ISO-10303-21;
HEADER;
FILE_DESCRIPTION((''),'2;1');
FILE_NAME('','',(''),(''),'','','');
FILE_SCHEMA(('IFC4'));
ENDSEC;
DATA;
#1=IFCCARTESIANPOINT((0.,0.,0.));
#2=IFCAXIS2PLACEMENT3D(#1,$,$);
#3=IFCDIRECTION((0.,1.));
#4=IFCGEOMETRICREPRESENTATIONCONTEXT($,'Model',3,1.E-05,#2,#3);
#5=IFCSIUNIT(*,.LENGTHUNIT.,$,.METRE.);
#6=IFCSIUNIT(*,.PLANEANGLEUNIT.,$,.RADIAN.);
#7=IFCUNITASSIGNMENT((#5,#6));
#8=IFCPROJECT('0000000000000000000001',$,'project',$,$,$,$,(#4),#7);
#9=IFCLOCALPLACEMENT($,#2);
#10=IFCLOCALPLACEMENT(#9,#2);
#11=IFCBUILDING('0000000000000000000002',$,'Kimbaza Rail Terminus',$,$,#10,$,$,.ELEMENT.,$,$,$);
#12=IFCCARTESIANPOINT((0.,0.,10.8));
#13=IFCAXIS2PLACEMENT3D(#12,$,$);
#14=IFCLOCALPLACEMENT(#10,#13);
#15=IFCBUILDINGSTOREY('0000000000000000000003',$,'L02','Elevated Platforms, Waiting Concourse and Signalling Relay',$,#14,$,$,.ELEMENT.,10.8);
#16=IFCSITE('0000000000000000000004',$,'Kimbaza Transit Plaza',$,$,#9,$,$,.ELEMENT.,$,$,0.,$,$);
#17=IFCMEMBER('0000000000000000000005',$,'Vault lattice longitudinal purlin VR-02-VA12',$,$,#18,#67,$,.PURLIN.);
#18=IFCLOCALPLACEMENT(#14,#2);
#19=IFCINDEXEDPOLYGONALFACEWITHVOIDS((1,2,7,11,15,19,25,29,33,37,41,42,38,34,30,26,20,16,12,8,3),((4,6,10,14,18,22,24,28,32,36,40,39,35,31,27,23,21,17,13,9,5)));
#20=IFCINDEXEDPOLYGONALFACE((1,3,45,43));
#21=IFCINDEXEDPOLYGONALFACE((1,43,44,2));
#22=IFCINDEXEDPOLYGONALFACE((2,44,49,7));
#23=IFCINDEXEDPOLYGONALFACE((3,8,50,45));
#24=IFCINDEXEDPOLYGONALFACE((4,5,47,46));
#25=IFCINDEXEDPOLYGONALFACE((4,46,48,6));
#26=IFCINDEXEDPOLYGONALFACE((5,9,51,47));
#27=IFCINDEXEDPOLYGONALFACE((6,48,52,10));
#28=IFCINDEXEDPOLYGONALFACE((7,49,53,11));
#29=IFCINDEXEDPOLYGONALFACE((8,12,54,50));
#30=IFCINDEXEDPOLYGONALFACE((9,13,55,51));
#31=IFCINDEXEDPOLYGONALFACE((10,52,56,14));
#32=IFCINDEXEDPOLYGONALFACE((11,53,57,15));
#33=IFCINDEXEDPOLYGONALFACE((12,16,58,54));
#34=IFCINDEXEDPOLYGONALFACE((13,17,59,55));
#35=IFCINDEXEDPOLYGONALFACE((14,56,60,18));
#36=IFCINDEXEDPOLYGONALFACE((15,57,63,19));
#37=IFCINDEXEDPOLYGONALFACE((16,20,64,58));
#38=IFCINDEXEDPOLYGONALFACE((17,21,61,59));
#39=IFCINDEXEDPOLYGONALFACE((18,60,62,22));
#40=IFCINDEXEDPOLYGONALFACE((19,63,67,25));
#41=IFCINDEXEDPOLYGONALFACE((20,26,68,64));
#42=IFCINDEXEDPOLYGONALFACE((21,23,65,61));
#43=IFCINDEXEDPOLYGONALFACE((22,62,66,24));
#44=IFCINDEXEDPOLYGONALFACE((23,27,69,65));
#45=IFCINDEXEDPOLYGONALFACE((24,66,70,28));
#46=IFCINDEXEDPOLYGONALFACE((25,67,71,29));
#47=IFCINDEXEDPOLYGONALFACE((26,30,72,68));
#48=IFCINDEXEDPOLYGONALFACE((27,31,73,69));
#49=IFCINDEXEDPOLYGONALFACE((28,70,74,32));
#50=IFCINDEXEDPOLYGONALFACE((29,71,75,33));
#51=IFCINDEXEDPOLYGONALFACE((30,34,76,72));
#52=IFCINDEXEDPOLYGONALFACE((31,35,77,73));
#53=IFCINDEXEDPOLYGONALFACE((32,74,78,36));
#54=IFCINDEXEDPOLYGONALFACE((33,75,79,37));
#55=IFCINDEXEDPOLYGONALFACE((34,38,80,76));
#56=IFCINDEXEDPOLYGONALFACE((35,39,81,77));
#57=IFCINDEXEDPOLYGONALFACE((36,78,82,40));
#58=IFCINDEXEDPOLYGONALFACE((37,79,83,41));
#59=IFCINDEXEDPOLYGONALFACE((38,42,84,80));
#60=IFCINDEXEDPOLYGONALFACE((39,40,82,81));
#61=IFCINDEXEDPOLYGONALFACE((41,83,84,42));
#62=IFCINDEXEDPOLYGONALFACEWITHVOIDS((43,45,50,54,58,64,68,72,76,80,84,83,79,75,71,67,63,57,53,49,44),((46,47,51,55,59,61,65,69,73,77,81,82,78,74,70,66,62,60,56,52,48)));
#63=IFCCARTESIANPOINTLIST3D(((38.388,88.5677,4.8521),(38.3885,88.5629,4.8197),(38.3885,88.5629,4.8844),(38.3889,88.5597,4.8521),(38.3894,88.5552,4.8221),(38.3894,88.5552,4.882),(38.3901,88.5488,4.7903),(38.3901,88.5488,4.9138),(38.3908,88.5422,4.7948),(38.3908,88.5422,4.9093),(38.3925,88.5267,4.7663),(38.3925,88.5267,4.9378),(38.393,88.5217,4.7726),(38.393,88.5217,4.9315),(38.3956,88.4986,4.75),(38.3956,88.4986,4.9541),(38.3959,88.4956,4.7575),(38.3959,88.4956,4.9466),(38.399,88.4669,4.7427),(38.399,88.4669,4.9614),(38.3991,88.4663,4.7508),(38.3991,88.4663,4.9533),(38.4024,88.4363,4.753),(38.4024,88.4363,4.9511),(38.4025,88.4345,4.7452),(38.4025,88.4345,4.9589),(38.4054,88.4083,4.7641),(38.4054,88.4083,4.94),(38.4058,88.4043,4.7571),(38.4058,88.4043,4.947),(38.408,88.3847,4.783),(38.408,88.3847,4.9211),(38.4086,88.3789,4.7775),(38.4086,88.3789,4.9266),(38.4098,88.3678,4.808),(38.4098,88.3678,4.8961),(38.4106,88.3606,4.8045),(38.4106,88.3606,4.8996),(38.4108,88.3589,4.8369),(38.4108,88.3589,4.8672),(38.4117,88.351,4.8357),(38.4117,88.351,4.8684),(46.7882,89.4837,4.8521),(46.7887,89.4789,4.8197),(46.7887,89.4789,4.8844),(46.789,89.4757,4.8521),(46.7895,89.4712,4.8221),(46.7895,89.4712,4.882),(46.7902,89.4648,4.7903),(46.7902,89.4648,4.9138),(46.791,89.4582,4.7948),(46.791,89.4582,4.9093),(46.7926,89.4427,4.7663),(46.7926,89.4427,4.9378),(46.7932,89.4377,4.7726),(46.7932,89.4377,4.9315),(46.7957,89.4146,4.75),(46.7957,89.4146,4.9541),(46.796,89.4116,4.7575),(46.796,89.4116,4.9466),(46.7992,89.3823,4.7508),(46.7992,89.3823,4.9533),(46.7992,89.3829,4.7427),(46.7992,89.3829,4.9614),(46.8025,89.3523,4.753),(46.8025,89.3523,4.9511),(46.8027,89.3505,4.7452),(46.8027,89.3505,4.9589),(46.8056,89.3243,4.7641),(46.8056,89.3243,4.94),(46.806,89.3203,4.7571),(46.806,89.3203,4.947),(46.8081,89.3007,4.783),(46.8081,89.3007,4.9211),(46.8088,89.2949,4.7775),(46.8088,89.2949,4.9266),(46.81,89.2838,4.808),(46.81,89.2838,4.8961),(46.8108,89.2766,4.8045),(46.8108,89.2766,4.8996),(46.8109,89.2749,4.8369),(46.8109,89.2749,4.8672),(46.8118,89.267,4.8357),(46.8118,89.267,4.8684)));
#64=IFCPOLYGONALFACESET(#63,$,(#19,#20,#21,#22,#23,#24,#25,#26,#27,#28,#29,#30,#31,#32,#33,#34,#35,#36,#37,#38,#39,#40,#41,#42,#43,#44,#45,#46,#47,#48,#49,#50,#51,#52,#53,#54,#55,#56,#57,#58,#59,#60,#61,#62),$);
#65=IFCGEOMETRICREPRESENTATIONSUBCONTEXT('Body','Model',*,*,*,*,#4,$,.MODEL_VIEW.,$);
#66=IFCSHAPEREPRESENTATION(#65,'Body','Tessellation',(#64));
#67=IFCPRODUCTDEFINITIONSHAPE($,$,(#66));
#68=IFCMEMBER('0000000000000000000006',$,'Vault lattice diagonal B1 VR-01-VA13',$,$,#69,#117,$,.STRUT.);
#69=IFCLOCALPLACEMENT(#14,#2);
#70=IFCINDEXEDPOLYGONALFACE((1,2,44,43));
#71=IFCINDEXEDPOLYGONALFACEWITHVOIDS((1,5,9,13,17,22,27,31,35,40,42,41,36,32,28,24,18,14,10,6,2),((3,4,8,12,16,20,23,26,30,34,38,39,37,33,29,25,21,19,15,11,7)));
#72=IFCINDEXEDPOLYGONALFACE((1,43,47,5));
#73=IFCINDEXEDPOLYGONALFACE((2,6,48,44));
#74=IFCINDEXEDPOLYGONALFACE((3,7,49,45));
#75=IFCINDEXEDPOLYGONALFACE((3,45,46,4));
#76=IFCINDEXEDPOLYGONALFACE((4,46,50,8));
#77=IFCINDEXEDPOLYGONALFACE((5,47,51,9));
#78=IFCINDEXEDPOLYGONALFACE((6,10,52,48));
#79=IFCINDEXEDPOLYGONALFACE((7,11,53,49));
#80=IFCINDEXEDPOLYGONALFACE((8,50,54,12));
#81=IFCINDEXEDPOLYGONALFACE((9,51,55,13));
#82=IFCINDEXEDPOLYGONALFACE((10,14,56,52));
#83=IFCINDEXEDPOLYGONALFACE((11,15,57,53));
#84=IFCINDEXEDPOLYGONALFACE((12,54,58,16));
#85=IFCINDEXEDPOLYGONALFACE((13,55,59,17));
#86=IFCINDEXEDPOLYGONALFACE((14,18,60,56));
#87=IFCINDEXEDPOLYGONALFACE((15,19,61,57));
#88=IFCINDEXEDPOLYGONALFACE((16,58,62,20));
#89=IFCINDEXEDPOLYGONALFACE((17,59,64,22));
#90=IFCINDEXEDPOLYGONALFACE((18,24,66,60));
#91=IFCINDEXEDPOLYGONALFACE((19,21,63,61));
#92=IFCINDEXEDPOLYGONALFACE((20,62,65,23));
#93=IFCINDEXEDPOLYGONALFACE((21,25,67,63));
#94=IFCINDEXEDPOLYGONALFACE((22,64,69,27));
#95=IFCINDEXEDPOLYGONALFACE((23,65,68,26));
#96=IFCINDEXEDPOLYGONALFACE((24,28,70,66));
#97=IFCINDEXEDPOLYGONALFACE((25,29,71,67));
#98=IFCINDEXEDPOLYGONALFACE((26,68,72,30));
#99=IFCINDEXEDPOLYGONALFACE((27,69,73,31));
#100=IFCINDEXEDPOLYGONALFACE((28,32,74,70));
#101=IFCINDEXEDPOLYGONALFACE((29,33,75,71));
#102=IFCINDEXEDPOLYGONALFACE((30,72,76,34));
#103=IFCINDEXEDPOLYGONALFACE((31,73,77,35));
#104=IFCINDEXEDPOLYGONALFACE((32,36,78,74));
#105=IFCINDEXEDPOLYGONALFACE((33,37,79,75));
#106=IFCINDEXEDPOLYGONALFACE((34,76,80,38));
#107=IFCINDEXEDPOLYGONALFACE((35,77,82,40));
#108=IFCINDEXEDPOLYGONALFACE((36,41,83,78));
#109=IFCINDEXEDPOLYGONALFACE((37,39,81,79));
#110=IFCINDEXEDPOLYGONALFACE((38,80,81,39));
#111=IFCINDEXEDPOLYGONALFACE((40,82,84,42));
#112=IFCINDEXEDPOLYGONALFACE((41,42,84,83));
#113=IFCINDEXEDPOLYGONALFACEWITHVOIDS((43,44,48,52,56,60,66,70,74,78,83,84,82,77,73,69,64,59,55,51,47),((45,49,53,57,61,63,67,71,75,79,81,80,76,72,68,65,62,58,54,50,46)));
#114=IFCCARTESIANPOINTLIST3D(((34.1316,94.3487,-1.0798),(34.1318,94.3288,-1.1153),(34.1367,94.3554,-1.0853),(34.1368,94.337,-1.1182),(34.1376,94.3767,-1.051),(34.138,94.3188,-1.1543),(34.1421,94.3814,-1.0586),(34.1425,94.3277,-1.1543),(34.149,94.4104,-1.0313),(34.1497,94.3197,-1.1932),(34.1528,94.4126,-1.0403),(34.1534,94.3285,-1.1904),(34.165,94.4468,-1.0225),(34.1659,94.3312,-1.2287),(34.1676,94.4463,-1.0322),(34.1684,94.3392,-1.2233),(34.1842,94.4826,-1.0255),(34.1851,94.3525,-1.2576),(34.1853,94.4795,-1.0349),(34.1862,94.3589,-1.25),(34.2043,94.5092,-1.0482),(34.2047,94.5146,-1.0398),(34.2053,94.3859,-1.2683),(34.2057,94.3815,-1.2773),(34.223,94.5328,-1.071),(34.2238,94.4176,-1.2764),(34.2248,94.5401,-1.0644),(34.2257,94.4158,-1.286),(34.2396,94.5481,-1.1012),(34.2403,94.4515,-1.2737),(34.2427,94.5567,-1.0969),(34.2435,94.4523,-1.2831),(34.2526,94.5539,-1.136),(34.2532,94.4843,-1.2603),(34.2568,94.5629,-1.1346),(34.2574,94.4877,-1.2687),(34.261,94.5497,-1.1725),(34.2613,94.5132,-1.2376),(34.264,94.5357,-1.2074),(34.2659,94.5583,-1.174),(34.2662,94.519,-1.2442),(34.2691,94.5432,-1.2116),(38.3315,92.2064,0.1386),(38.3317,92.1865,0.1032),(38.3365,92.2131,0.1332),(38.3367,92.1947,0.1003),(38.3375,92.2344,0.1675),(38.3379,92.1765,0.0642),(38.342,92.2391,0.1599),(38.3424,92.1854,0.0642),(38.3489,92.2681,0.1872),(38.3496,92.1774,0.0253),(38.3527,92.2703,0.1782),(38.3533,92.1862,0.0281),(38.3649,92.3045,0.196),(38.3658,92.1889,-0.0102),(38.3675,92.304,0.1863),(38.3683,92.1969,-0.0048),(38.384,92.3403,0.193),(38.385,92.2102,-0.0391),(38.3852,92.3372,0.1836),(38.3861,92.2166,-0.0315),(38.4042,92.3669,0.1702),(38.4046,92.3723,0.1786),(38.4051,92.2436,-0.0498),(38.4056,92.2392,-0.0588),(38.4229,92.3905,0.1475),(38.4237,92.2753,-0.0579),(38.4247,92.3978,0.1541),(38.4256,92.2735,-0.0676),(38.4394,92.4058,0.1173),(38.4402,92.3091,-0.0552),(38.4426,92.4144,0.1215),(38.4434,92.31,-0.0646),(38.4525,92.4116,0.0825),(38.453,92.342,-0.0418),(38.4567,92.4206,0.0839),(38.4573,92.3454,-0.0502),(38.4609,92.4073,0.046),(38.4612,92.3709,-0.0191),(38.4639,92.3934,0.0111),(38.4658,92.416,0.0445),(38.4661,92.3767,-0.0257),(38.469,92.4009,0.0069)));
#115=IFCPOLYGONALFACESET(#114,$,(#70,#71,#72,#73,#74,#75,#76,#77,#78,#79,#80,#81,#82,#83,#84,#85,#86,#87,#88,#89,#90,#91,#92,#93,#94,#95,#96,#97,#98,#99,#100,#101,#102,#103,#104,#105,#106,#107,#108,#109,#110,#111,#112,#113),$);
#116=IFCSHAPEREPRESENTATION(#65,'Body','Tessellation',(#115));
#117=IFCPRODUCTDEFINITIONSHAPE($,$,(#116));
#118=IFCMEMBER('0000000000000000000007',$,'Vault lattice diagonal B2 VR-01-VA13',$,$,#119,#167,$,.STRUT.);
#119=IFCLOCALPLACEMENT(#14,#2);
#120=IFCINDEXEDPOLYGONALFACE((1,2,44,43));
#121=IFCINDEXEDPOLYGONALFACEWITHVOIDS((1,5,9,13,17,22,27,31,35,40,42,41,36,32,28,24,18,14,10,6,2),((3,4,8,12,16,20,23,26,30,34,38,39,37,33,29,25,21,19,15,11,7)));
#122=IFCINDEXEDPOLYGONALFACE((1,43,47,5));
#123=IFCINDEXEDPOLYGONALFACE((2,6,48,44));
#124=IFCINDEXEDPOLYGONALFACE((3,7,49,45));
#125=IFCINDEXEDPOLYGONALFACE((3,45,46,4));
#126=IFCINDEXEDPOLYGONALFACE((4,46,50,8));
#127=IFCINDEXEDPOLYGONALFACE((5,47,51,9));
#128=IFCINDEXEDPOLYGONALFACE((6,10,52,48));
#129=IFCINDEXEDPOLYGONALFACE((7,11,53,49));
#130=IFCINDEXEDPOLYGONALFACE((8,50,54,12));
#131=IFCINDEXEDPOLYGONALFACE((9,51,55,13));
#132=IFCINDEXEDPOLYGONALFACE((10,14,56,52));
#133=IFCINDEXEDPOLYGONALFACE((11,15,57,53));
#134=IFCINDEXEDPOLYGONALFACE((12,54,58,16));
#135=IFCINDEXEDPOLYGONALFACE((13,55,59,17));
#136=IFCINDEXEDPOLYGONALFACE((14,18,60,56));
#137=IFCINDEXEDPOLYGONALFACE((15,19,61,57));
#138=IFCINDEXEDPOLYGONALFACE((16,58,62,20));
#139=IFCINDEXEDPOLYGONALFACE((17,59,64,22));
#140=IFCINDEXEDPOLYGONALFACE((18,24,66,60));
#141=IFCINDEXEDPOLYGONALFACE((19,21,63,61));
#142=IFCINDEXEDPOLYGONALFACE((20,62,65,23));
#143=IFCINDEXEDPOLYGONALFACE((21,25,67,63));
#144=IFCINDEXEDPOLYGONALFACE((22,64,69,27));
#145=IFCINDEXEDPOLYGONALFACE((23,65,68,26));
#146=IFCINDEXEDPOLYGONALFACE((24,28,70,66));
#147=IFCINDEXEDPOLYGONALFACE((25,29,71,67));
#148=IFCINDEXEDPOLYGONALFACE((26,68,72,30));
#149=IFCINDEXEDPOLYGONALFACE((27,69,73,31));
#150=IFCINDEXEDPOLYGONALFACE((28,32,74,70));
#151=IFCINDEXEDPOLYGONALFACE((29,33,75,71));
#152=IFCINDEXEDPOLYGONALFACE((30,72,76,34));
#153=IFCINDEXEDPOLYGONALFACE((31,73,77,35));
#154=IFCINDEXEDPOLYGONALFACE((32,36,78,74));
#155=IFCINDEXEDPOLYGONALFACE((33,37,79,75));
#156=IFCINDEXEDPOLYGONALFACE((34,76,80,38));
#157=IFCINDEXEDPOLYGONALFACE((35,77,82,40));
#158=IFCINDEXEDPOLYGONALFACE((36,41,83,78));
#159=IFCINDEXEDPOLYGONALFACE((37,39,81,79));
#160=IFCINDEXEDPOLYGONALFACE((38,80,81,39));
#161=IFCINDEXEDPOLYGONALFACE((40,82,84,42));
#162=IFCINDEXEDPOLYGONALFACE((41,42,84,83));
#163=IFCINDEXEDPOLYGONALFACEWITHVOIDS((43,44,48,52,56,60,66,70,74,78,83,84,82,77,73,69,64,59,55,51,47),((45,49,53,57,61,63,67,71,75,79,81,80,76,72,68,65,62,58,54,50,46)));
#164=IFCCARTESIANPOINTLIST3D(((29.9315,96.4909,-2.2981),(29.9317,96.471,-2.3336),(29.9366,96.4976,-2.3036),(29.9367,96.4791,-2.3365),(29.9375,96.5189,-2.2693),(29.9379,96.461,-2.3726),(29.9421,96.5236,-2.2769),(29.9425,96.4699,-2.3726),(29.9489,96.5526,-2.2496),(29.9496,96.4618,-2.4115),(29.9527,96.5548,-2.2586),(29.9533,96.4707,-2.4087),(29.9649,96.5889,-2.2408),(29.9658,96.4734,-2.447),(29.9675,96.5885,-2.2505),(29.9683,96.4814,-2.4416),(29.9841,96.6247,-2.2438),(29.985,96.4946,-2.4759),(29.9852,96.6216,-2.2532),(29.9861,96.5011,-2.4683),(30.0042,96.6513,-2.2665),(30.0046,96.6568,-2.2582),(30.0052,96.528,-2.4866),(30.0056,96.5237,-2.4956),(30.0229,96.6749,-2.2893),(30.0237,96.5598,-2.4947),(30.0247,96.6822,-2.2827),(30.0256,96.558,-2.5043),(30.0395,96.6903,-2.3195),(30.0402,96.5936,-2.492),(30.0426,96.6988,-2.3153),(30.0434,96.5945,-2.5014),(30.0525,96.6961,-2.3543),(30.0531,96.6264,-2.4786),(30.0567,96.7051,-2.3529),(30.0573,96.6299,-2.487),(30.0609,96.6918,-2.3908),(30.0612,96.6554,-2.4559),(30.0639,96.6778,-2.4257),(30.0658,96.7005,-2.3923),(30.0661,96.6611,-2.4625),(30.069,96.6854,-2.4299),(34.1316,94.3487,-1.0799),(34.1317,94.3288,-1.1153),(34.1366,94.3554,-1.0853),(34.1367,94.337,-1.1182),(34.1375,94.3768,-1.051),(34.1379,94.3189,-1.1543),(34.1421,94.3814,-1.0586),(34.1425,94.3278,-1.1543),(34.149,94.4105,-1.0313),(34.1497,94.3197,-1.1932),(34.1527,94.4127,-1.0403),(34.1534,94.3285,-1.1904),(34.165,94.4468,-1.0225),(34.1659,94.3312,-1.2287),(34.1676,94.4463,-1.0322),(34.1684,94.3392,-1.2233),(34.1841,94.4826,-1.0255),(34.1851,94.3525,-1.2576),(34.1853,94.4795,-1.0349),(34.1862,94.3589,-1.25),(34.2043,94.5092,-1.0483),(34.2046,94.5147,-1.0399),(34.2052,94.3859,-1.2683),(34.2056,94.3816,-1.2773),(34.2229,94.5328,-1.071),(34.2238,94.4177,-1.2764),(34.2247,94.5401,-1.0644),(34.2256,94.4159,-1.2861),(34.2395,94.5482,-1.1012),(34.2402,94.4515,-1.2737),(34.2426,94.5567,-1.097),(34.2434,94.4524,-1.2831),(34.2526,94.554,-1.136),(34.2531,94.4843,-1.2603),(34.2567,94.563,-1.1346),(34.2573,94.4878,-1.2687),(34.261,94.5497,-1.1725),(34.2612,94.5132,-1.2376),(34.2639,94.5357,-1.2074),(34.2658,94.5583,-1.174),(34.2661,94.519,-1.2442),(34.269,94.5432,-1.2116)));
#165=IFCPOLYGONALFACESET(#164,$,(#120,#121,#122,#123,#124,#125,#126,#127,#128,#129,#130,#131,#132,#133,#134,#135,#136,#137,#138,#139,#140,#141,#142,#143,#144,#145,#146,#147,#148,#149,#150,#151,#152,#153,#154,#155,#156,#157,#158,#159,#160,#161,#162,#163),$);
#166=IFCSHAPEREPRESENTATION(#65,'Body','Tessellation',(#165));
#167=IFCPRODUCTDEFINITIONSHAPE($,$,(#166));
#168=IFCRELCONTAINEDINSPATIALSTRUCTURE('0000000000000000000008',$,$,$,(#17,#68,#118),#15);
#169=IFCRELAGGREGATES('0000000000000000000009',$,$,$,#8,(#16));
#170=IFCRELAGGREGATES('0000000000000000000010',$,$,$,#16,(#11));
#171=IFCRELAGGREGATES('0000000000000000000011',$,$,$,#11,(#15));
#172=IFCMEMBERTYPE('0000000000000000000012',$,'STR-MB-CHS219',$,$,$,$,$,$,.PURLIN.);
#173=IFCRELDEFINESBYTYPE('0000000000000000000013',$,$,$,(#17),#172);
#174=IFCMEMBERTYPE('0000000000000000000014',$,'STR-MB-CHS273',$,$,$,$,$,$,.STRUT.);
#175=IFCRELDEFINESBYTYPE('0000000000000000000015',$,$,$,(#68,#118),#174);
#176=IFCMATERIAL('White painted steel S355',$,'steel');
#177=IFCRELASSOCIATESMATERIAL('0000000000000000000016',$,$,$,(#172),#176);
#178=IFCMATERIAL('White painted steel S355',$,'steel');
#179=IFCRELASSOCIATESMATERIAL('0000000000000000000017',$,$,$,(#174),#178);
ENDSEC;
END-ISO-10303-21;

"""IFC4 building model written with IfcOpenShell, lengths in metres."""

from ifc_helpers import new_model, si_unit, direction, frame, origin, origin_2d, place, context, subcontext, project, spatial, hollow_circle, extrude, material, material_profile, profile_set, type_object, element, save


model = new_model("IFC4")

# Units and contexts
model_context = context("Model", 3, precision=1e-05, world=origin(), true_north=direction((0.0, 1.0)))
body_context = subcontext(model_context, "Body", "Model", "MODEL_VIEW")
ifc_project = project(units=[si_unit("LENGTHUNIT", "METRE"), si_unit("PLANEANGLEUNIT", "RADIAN")], contexts=[model_context])

# Site, building, storey
site_placement = place(None, origin())
site = spatial("IfcSite", under=ifc_project, at=site_placement, Name="Kimbaza Transit Plaza", CompositionType="ELEMENT", RefElevation=0.0)
building_placement = place(site_placement, origin())
building = spatial("IfcBuilding", under=site, at=building_placement, Name="Kimbaza Rail Terminus", CompositionType="ELEMENT")
storey_placement = place(building_placement, frame((0.0, 0.0, 10.8)))
storey = spatial("IfcBuildingStorey", under=building, at=storey_placement, Name="L02", Description="Elevated Platforms, Waiting Concourse and Signalling Relay", CompositionType="ELEMENT", Elevation=10.8)

# Members
ifc_material_1 = material(Name="White painted steel S355", Category="steel")
ifc_material_profile_1 = material_profile(ifc_material_1, hollow_circle(Radius=0.1096, WallThickness=0.0081, at=origin_2d()), Name="CHS 219.1x8")
ifc_profile_set_1 = profile_set([ifc_material_profile_1], Name="White painted steel S355")
member_type_1 = type_object("IfcMemberType", Name="STR-MB-CHS219", PredefinedType="PURLIN", material=ifc_profile_set_1)
member_1_placement = place(storey_placement, frame((38.3999, 88.4587, 4.8521), z_axis=(0.994107, 0.108405, 0.0), x_axis=(-0.108405, 0.994107, 0.0)))
element("IfcMember", 1, at=member_1_placement, inside=storey, type_object=member_type_1, Name="Vault lattice longitudinal purlin VR-02-VA12", PredefinedType="PURLIN", context=body_context, shape_type="SweptSolid", body=[
    extrude(hollow_circle(Radius=0.1096, WallThickness=0.0081, at=origin_2d()), origin(), (0.0, 0.0, 1.0), 8.45),
])
ifc_material_2 = material(Name="White painted steel S355", Category="steel")
ifc_material_profile_2 = material_profile(ifc_material_2, hollow_circle(Radius=0.1365, WallThickness=0.01, at=origin_2d()), Name="CHS 273x10")
ifc_profile_set_2 = profile_set([ifc_material_profile_2], Name="White painted steel S355")
member_type_2 = type_object("IfcMemberType", Name="STR-MB-CHS273", PredefinedType="STRUT", material=ifc_profile_set_2)
for number, where, z_axis, x_axis, name in (
    (2, (38.3999, 92.2981, 0.0642), (-0.862467, 0.439932, -0.250222), (-0.454386, -0.890805, 0.0), "Vault lattice diagonal B1 VR-01-VA13"),
    (3, (34.2, 94.4404, -1.1543), (-0.862497, 0.439897, -0.250181), (-0.454345, -0.890826, 0.0), "Vault lattice diagonal B2 VR-01-VA13"),
):
    element("IfcMember", number, at=place(storey_placement, frame(where, z_axis=z_axis, x_axis=x_axis)), inside=storey, type_object=member_type_2, Name=name, PredefinedType="STRUT", context=body_context, shape_type="SweptSolid", body=[
        extrude(hollow_circle(Radius=0.1365, WallThickness=0.01, at=origin_2d()), origin(), (0.0, 0.0, 1.0), 4.8696),
    ])

save(model, "model.ifc")
